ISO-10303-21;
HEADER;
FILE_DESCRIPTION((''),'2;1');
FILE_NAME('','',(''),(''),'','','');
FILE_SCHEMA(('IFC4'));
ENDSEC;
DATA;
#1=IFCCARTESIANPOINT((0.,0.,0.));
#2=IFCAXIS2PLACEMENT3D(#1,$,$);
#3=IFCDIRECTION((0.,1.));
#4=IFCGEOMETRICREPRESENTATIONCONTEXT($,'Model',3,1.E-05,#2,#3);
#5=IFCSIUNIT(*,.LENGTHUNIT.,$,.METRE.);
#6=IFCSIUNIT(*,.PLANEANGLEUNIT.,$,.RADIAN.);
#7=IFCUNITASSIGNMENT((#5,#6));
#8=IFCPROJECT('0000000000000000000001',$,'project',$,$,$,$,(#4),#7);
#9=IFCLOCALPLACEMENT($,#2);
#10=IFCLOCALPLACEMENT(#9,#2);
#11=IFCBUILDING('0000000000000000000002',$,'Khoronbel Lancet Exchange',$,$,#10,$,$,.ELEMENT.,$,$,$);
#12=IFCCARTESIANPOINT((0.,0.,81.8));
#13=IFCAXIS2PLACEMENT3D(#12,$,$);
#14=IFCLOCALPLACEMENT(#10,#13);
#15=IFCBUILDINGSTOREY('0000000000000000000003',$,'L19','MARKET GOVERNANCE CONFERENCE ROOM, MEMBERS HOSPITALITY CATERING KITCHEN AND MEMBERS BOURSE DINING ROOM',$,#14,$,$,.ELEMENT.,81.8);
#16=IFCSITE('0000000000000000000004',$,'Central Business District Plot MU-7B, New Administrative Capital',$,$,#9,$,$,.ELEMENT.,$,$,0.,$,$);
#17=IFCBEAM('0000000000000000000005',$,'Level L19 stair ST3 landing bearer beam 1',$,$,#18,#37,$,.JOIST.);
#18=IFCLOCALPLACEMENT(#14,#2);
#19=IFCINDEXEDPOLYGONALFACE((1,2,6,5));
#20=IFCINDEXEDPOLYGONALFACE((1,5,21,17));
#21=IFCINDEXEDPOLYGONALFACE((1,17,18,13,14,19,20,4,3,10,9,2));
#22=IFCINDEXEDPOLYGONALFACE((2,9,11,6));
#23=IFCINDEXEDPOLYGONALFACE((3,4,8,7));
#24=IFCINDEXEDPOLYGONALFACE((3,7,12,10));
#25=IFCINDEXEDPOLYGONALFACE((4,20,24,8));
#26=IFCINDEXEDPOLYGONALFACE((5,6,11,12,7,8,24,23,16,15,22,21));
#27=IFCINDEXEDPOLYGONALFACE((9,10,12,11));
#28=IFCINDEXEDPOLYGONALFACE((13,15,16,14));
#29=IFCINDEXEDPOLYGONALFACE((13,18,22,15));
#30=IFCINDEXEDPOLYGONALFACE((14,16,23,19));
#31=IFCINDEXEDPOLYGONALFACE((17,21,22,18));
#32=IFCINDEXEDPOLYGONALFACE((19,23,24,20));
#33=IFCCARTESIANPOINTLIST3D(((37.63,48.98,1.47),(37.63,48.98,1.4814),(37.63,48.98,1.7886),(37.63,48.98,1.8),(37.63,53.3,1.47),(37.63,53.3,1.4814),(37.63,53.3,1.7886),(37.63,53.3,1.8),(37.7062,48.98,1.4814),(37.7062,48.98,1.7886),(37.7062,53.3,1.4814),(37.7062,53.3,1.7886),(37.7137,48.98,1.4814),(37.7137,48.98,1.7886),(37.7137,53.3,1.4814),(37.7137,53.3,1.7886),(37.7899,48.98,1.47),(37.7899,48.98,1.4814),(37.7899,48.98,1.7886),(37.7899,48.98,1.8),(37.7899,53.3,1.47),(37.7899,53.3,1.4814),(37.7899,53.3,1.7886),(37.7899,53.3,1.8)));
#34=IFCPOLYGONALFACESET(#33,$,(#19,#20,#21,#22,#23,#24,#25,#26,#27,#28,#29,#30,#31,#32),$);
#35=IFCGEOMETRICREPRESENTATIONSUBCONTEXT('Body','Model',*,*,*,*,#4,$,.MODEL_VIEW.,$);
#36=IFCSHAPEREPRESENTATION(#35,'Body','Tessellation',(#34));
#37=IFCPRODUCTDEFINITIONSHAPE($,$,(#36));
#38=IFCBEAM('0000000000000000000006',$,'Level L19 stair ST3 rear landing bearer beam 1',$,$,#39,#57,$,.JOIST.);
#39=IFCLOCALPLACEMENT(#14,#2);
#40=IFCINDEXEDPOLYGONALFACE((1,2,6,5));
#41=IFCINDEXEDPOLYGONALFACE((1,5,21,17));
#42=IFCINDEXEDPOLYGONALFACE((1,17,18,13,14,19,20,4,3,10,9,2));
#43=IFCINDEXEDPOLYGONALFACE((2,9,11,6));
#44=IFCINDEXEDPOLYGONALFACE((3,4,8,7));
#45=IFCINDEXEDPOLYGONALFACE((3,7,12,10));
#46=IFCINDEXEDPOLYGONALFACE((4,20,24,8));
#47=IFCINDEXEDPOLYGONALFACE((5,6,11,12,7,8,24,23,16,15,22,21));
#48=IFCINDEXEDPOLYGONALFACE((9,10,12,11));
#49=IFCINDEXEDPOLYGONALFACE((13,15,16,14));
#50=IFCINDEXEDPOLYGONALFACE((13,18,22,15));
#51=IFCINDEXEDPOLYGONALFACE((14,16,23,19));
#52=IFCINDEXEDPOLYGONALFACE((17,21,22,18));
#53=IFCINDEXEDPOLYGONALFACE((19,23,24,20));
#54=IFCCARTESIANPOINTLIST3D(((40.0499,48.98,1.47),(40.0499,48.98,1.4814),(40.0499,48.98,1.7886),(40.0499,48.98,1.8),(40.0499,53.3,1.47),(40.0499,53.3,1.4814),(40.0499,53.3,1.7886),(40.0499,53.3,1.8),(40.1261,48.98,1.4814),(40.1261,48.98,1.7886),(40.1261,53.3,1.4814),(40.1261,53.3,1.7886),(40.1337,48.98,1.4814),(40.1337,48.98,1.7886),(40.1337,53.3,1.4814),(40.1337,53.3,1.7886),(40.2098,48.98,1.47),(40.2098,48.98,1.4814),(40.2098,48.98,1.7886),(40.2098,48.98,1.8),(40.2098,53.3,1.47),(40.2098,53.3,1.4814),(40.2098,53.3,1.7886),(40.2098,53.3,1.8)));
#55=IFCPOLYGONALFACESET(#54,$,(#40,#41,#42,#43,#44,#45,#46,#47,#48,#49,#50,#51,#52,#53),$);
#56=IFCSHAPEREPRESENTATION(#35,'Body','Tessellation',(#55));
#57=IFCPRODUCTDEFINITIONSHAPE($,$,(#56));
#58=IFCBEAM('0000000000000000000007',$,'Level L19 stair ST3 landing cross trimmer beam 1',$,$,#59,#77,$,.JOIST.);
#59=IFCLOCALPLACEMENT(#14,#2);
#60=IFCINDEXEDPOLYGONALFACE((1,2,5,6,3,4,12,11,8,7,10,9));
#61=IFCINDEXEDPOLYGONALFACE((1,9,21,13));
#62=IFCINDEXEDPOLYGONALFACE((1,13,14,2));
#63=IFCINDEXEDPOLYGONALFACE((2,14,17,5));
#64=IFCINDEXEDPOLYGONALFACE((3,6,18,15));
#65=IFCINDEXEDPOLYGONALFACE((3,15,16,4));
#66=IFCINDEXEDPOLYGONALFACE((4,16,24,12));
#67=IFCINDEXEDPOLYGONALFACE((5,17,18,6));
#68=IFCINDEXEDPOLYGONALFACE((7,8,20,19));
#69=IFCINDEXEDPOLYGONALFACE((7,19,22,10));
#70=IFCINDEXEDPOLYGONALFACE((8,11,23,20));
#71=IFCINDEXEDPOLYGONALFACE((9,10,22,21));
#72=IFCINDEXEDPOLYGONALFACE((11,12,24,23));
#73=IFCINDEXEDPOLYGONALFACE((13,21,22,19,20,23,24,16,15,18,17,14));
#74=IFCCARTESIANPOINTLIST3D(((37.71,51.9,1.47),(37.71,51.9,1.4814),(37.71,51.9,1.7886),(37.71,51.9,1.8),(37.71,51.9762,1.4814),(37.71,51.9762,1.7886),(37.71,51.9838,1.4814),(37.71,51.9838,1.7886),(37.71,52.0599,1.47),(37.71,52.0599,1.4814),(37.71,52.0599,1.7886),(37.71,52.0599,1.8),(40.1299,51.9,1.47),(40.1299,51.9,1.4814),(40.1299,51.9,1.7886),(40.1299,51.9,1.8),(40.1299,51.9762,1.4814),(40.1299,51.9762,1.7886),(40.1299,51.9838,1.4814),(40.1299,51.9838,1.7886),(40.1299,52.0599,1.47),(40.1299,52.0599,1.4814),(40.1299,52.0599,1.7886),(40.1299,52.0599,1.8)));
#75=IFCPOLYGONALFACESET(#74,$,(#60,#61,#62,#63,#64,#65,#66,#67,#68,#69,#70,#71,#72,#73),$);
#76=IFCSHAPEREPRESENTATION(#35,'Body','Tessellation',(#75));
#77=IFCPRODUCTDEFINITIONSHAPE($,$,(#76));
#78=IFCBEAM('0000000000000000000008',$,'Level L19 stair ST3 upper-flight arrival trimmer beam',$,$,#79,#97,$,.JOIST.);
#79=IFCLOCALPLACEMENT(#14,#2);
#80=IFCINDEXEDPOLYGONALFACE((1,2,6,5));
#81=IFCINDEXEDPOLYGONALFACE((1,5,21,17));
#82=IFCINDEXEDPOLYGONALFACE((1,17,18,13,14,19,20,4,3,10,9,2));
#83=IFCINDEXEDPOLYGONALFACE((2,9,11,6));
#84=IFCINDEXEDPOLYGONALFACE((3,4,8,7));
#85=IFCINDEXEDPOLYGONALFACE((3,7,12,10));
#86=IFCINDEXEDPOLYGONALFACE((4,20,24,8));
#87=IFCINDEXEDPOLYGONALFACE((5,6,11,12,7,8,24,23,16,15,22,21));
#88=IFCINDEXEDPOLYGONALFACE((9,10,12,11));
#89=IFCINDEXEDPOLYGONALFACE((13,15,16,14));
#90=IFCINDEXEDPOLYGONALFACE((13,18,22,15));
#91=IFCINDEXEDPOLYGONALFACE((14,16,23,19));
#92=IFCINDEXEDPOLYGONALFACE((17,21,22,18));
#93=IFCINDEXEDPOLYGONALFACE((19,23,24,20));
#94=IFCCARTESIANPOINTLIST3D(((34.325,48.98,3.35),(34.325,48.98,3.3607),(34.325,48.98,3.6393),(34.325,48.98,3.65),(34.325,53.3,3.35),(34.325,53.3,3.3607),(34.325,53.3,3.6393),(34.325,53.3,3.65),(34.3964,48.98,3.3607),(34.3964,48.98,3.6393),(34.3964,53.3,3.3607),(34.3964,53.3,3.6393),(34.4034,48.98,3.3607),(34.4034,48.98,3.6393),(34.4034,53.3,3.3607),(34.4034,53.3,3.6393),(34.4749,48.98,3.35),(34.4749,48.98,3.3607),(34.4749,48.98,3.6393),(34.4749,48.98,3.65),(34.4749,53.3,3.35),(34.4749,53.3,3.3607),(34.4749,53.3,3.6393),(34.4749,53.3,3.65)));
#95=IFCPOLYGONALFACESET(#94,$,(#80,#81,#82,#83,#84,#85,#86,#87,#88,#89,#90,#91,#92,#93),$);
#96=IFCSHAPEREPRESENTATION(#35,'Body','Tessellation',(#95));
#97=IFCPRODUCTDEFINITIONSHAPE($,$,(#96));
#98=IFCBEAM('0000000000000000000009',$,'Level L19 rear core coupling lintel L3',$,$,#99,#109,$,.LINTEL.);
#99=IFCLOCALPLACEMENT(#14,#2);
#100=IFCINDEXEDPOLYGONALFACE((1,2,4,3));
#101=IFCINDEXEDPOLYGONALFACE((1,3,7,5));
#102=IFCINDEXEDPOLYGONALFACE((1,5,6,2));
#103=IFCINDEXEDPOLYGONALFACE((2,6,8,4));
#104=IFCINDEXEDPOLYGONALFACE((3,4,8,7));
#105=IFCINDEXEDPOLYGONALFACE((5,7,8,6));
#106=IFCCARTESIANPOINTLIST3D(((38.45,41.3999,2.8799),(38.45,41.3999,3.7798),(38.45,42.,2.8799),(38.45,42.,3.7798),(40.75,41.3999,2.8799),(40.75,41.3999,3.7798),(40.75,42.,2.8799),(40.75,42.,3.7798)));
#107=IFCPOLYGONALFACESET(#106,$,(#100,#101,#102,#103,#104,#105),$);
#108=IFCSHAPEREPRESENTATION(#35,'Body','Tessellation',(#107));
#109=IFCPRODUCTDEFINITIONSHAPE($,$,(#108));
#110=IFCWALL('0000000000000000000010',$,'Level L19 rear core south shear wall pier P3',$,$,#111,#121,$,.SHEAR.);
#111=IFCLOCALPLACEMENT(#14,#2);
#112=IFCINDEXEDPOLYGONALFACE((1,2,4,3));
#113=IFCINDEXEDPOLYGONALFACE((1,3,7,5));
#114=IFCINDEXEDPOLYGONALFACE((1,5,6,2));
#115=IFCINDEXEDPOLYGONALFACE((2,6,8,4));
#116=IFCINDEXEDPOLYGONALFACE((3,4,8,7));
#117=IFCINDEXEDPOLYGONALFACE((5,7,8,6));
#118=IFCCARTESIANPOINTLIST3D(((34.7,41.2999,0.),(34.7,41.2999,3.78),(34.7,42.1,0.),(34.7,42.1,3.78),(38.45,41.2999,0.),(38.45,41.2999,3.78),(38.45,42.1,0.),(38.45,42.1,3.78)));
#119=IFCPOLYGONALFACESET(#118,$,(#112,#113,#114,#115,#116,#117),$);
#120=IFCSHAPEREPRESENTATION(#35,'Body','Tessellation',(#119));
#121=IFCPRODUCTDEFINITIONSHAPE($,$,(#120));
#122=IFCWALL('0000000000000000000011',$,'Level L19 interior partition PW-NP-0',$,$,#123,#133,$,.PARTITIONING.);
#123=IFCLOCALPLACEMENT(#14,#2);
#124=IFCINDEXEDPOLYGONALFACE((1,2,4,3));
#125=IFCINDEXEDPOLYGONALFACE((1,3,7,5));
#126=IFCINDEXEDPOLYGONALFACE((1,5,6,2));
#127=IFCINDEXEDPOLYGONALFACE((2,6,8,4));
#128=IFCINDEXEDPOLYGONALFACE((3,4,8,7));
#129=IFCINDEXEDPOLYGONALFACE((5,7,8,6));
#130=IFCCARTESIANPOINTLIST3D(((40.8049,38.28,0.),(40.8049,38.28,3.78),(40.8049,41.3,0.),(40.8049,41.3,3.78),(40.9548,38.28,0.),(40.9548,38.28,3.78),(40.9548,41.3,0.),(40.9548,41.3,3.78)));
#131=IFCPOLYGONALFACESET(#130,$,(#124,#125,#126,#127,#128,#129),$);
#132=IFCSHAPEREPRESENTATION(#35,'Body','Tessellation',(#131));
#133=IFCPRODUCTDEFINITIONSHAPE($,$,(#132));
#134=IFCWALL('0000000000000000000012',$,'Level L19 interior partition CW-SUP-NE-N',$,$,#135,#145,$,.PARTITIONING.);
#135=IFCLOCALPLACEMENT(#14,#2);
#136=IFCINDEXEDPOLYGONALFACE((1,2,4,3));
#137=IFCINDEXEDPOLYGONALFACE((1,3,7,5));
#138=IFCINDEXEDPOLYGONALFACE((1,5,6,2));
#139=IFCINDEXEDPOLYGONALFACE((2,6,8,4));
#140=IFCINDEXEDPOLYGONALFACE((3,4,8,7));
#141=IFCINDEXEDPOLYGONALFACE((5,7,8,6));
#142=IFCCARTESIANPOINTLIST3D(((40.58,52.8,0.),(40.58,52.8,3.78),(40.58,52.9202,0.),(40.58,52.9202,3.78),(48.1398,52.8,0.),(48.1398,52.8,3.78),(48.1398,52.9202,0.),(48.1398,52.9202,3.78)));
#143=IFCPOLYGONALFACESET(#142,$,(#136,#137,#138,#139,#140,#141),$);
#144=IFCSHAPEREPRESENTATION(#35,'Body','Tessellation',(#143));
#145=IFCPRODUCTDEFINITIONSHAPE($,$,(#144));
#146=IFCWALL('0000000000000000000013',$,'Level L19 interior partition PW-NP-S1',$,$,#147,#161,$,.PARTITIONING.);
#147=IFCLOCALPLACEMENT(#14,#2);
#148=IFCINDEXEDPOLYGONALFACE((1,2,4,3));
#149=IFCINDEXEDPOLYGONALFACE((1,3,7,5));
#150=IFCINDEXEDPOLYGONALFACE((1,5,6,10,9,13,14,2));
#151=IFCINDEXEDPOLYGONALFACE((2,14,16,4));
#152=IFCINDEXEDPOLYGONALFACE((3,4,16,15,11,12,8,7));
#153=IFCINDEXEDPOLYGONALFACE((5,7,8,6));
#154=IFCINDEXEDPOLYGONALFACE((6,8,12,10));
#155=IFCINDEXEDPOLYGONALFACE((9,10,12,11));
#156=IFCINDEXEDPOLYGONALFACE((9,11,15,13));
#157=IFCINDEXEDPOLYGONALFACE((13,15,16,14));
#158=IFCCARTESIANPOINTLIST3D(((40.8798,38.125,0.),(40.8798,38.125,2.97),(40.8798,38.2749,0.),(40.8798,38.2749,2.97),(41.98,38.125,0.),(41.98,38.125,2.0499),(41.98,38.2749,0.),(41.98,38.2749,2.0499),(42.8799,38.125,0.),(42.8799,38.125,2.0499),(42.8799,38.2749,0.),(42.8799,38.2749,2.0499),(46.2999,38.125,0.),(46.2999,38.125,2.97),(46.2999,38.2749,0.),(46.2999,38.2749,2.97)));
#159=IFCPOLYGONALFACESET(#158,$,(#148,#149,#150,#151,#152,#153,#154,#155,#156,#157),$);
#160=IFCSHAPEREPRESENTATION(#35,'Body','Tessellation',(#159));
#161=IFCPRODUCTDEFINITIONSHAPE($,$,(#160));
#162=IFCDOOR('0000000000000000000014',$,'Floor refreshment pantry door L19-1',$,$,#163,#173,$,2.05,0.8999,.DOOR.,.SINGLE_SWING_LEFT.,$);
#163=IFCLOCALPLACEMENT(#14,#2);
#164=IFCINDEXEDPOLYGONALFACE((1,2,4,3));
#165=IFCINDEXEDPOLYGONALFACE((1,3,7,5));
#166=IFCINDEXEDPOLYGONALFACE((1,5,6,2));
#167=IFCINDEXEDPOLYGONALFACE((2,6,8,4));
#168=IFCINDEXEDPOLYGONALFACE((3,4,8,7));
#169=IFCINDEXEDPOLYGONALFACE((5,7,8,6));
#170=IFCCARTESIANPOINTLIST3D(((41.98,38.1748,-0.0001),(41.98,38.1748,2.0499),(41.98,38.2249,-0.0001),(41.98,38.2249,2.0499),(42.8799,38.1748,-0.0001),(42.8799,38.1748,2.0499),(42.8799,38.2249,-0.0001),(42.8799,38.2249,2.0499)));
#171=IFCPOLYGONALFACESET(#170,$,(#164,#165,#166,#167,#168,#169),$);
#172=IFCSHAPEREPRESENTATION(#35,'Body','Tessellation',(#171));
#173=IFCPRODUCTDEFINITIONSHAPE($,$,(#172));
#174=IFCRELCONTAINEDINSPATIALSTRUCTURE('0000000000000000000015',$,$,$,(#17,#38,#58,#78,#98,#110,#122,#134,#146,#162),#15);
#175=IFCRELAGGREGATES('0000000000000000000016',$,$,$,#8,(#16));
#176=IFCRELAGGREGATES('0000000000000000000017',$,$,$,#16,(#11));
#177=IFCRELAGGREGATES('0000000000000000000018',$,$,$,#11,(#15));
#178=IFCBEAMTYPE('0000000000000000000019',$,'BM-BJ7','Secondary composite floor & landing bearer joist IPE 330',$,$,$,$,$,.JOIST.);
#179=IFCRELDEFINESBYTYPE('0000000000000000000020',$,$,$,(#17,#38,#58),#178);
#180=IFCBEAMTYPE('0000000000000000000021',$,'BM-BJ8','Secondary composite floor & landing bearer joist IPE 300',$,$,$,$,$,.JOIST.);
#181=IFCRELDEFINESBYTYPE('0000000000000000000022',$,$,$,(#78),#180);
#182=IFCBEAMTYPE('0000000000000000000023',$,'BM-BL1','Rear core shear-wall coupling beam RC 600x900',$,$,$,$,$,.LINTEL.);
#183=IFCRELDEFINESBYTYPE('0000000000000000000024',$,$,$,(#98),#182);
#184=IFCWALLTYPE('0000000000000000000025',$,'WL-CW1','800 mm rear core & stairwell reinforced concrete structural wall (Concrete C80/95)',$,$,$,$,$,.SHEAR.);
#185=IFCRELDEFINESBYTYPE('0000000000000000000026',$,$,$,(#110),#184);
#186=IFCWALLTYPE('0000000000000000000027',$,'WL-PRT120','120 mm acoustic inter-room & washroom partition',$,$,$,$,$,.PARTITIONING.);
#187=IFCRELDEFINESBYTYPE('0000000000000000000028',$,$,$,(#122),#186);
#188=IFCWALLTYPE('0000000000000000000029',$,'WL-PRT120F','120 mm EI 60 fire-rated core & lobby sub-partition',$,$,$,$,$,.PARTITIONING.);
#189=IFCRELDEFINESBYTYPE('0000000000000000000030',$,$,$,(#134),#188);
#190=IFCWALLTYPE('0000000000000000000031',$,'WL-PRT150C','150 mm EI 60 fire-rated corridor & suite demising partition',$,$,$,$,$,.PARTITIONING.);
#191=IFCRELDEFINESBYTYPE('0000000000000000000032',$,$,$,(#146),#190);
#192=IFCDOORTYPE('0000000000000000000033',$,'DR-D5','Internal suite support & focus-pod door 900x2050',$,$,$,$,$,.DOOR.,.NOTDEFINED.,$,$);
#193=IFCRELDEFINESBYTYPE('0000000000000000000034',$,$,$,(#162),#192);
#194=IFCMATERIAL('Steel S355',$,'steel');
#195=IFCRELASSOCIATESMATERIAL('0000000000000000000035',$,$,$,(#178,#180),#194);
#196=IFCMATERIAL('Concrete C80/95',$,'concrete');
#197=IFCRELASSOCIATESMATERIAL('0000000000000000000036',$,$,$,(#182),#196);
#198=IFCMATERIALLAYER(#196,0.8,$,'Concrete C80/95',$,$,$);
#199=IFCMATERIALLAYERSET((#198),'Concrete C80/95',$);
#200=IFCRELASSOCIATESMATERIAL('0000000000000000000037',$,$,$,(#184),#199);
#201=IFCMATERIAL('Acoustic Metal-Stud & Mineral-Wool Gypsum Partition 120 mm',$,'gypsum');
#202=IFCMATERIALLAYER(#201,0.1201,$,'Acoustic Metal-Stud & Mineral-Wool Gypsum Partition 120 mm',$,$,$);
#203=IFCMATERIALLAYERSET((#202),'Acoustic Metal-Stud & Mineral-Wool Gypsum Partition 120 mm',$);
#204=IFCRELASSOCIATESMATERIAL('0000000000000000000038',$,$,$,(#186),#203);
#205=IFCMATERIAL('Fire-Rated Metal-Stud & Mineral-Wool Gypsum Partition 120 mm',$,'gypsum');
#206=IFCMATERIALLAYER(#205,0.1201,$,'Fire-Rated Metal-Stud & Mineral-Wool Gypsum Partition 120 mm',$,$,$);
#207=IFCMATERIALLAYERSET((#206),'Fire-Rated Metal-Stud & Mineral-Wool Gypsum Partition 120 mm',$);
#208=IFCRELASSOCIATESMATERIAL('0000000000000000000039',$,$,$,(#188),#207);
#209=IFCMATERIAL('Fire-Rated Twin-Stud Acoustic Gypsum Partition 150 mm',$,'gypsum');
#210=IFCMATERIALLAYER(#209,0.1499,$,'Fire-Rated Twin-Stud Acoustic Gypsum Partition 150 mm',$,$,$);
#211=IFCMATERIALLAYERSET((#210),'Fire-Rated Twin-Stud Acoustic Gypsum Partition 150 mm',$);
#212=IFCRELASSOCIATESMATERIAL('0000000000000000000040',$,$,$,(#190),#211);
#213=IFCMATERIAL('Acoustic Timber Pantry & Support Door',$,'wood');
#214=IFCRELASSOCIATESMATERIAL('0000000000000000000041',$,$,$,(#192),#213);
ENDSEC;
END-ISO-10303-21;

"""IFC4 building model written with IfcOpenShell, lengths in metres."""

from ifc_helpers import new_model, si_unit, direction, frame, frame_2d, origin, origin_2d, place, context, subcontext, project, spatial, rectangle, i_section, extrude, material, layer, layer_set, material_profile, profile_set, type_object, element, fill, save


model = new_model("IFC4")

# Units and contexts
model_context = context("Model", 3, precision=1e-05, world=origin(), true_north=direction((0.0, 1.0)))
body_context = subcontext(model_context, "Body", "Model", "MODEL_VIEW")
ifc_project = project(units=[si_unit("LENGTHUNIT", "METRE"), si_unit("PLANEANGLEUNIT", "RADIAN")], contexts=[model_context])

# Site, building, storey
site_placement = place(None, origin())
site = spatial("IfcSite", under=ifc_project, at=site_placement, Name="Central Business District Plot MU-7B, New Administrative Capital", CompositionType="ELEMENT", RefElevation=0.0)
building_placement = place(site_placement, origin())
building = spatial("IfcBuilding", under=site, at=building_placement, Name="Khoronbel Lancet Exchange", CompositionType="ELEMENT")
storey_placement = place(building_placement, frame((0.0, 0.0, 81.8)))
storey = spatial("IfcBuildingStorey", under=building, at=storey_placement, Name="L19", Description="MARKET GOVERNANCE CONFERENCE ROOM, MEMBERS HOSPITALITY CATERING KITCHEN AND MEMBERS BOURSE DINING ROOM", CompositionType="ELEMENT", Elevation=81.8)

# Beams
ifc_material_1 = material(Name="Steel S355", Category="steel")
ifc_material_profile_1 = material_profile(ifc_material_1, i_section(OverallWidth=0.1599, OverallDepth=0.3301, WebThickness=0.0076, FlangeThickness=0.0115, at=origin_2d()), Name="IPE 330")
ifc_profile_set_1 = profile_set([ifc_material_profile_1], Name="Steel S355")
beam_type_1 = type_object("IfcBeamType", Name="BM-BJ7", Description="Secondary composite floor & landing bearer joist IPE 330", PredefinedType="JOIST", material=ifc_profile_set_1)
for number, where, z_axis, x_axis, name in (
    (1, (37.71, 48.98, 1.635), (0.0, 1.0, 0.0), (-1.0, 0.0, 0.0), "Level L19 stair ST3 landing bearer beam 1"),
    (2, (40.1299, 48.98, 1.635), (0.0, 1.0, 0.0), (-1.0, 0.0, 0.0), "Level L19 stair ST3 rear landing bearer beam 1"),
):
    element("IfcBeam", number, at=place(storey_placement, frame(where, z_axis=z_axis, x_axis=x_axis)), inside=storey, type_object=beam_type_1, Name=name, PredefinedType="JOIST", context=body_context, shape_type="SweptSolid", body=[
        extrude(i_section(OverallWidth=0.1599, OverallDepth=0.3301, WebThickness=0.0076, FlangeThickness=0.0115, at=origin_2d()), origin(), (0.0, 0.0, 1.0), 4.3201),
    ])
beam_1_placement = place(storey_placement, frame((37.71, 51.98, 1.635), z_axis=(1.0, 0.0, 0.0), x_axis=(0.0, 1.0, 0.0)))
element("IfcBeam", 3, at=beam_1_placement, inside=storey, type_object=beam_type_1, Name="Level L19 stair ST3 landing cross trimmer beam 1", PredefinedType="JOIST", context=body_context, shape_type="SweptSolid", body=[
    extrude(i_section(OverallWidth=0.1599, OverallDepth=0.3301, WebThickness=0.0076, FlangeThickness=0.0115, at=origin_2d()), origin(), (0.0, 0.0, 1.0), 2.4199),
])
ifc_material_profile_2 = material_profile(ifc_material_1, i_section(OverallWidth=0.1499, OverallDepth=0.3, WebThickness=0.0071, FlangeThickness=0.0107, at=origin_2d()), Name="IPE 300")
ifc_profile_set_2 = profile_set([ifc_material_profile_2], Name="Steel S355")
beam_type_2 = type_object("IfcBeamType", Name="BM-BJ8", Description="Secondary composite floor & landing bearer joist IPE 300", PredefinedType="JOIST", material=ifc_profile_set_2)
beam_2_placement = place(storey_placement, frame((34.3999, 48.98, 3.5), z_axis=(0.0, 1.0, 0.0), x_axis=(-1.0, 0.0, 0.0)))
element("IfcBeam", 4, at=beam_2_placement, inside=storey, type_object=beam_type_2, Name="Level L19 stair ST3 upper-flight arrival trimmer beam", PredefinedType="JOIST", context=body_context, shape_type="SweptSolid", body=[
    extrude(i_section(OverallWidth=0.1499, OverallDepth=0.3, WebThickness=0.0071, FlangeThickness=0.0107, at=origin_2d()), origin(), (0.0, 0.0, 1.0), 4.3201),
])
ifc_material_2 = material(Name="Concrete C80/95", Category="concrete")
ifc_material_profile_3 = material_profile(ifc_material_2, rectangle(XDim=0.6001, YDim=0.8999, at=origin_2d()), Name="RC 600x900")
ifc_profile_set_3 = profile_set([ifc_material_profile_3], Name="Concrete C80/95")
beam_type_3 = type_object("IfcBeamType", Name="BM-BL1", Description="Rear core shear-wall coupling beam RC 600x900", PredefinedType="LINTEL", material=ifc_profile_set_3)
beam_3_placement = place(storey_placement, frame((38.45, 41.7, 3.3298), z_axis=(1.0, 0.0, 0.0), x_axis=(0.0, 1.0, 0.0)))
element("IfcBeam", 5, at=beam_3_placement, inside=storey, type_object=beam_type_3, Name="Level L19 rear core coupling lintel L3", PredefinedType="LINTEL", context=body_context, shape_type="SweptSolid", body=[
    extrude(rectangle(XDim=0.6001, YDim=0.8999, at=origin_2d()), origin(), (0.0, 0.0, 1.0), 2.3),
])

# Walls
ifc_layer_1 = layer(ifc_material_2, 0.8, Name="Concrete C80/95")
ifc_layer_set_1 = layer_set([ifc_layer_1], Name="Concrete C80/95")
wall_type_1 = type_object("IfcWallType", Name="WL-CW1", Description="800 mm rear core & stairwell reinforced concrete structural wall (Concrete C80/95)", PredefinedType="SHEAR", material=ifc_layer_set_1)
wall_1_placement = place(storey_placement, frame((38.45, 41.7, 0.0), z_axis=(0.0, 0.0, 1.0), x_axis=(-1.0, 0.0, 0.0)))
element("IfcWall", 6, at=wall_1_placement, inside=storey, type_object=wall_type_1, Name="Level L19 rear core south shear wall pier P3", PredefinedType="SHEAR", context=body_context, shape_type="SweptSolid", body=[
    extrude(rectangle(XDim=3.75, YDim=0.8, at=frame_2d((1.875, 0.0))), origin(), (0.0, 0.0, 1.0), 3.78),
])
ifc_material_3 = material(Name="Acoustic Metal-Stud & Mineral-Wool Gypsum Partition 120 mm", Category="gypsum")
ifc_layer_2 = layer(ifc_material_3, 0.1201, Name="Acoustic Metal-Stud & Mineral-Wool Gypsum Partition 120 mm")
ifc_layer_set_2 = layer_set([ifc_layer_2], Name="Acoustic Metal-Stud & Mineral-Wool Gypsum Partition 120 mm")
wall_type_2 = type_object("IfcWallType", Name="WL-PRT120", Description="120 mm acoustic inter-room & washroom partition", PredefinedType="PARTITIONING", material=ifc_layer_set_2)
wall_2_placement = place(storey_placement, frame((40.8799, 38.28, 0.0), z_axis=(0.0, 0.0, 1.0), x_axis=(0.0, 1.0, 0.0)))
element("IfcWall", 7, at=wall_2_placement, inside=storey, type_object=wall_type_2, Name="Level L19 interior partition PW-NP-0", PredefinedType="PARTITIONING", context=body_context, shape_type="SweptSolid", body=[
    extrude(rectangle(XDim=3.02, YDim=0.1499, at=frame_2d((1.51, 0.0))), origin(), (0.0, 0.0, 1.0), 3.78),
])
ifc_material_4 = material(Name="Fire-Rated Metal-Stud & Mineral-Wool Gypsum Partition 120 mm", Category="gypsum")
ifc_layer_3 = layer(ifc_material_4, 0.1201, Name="Fire-Rated Metal-Stud & Mineral-Wool Gypsum Partition 120 mm")
ifc_layer_set_3 = layer_set([ifc_layer_3], Name="Fire-Rated Metal-Stud & Mineral-Wool Gypsum Partition 120 mm")
wall_type_3 = type_object("IfcWallType", Name="WL-PRT120F", Description="120 mm EI 60 fire-rated core & lobby sub-partition", PredefinedType="PARTITIONING", material=ifc_layer_set_3)
wall_3_placement = place(storey_placement, frame((40.5801, 52.8601, 0.0), z_axis=(0.0, 0.0, 1.0), x_axis=(1.0, 0.0, 0.0)))
element("IfcWall", 8, at=wall_3_placement, inside=storey, type_object=wall_type_3, Name="Level L19 interior partition CW-SUP-NE-N", PredefinedType="PARTITIONING", context=body_context, shape_type="SweptSolid", body=[
    extrude(rectangle(XDim=7.5598, YDim=0.1201, at=frame_2d((3.7798, 0.0))), origin(), (0.0, 0.0, 1.0), 3.78),
])

# Wall, opening, door
ifc_material_5 = material(Name="Fire-Rated Twin-Stud Acoustic Gypsum Partition 150 mm", Category="gypsum")
ifc_layer_4 = layer(ifc_material_5, 0.1499, Name="Fire-Rated Twin-Stud Acoustic Gypsum Partition 150 mm")
ifc_layer_set_4 = layer_set([ifc_layer_4], Name="Fire-Rated Twin-Stud Acoustic Gypsum Partition 150 mm")
wall_type_4 = type_object("IfcWallType", Name="WL-PRT150C", Description="150 mm EI 60 fire-rated corridor & suite demising partition", PredefinedType="PARTITIONING", material=ifc_layer_set_4)
wall_4_placement = place(storey_placement, frame((40.8799, 38.2, 0.0), z_axis=(0.0, 0.0, 1.0), x_axis=(1.0, 0.0, 0.0)))
wall_4 = element("IfcWall", 9, at=wall_4_placement, inside=storey, type_object=wall_type_4, Name="Level L19 interior partition PW-NP-S1", PredefinedType="PARTITIONING", context=body_context, shape_type="SweptSolid", body=[
    extrude(rectangle(XDim=5.4202, YDim=0.1499, at=frame_2d((2.71, 0.0))), origin(), (0.0, 0.0, 1.0), 2.97),
])
opening_1_placement = place(wall_4_placement, frame((1.1001, 0.0, 0.0)))
opening_1 = element("IfcOpeningElement", 10, at=opening_1_placement, cuts=wall_4, PredefinedType="OPENING", context=body_context, shape_type="SweptSolid", body=[
    extrude(rectangle(XDim=0.8999, YDim=2.05, at=frame_2d((0.45, 1.0249))), frame((0.0, 0.085, 0.0), z_axis=(0.0, -1.0, 0.0), x_axis=(1.0, 0.0, 0.0)), (0.0, 0.0, 1.0), 0.1699),
])
ifc_material_6 = material(Name="Acoustic Timber Pantry & Support Door", Category="wood")
door_type_1 = type_object("IfcDoorType", Name="DR-D5", Description="Internal suite support & focus-pod door 900x2050", OperationType="NOTDEFINED", PredefinedType="DOOR", material=ifc_material_6)
door_1_placement = place(opening_1_placement, origin())
door_1 = element("IfcDoor", 11, at=door_1_placement, inside=storey, type_object=door_type_1, Name="Floor refreshment pantry door L19-1", OperationType="SINGLE_SWING_LEFT", OverallHeight=2.05, OverallWidth=0.8999, PredefinedType="DOOR", context=body_context, shape_type="SweptSolid", body=[
    extrude(rectangle(XDim=0.8999, YDim=2.05, at=frame_2d((0.45, 1.0249))), frame((0.0, 0.0249, 0.0), z_axis=(0.0, -1.0, 0.0), x_axis=(1.0, 0.0, 0.0)), (0.0, 0.0, 1.0), 0.05),
])
fill(opening_1, door_1)

save(model, "model.ifc")
